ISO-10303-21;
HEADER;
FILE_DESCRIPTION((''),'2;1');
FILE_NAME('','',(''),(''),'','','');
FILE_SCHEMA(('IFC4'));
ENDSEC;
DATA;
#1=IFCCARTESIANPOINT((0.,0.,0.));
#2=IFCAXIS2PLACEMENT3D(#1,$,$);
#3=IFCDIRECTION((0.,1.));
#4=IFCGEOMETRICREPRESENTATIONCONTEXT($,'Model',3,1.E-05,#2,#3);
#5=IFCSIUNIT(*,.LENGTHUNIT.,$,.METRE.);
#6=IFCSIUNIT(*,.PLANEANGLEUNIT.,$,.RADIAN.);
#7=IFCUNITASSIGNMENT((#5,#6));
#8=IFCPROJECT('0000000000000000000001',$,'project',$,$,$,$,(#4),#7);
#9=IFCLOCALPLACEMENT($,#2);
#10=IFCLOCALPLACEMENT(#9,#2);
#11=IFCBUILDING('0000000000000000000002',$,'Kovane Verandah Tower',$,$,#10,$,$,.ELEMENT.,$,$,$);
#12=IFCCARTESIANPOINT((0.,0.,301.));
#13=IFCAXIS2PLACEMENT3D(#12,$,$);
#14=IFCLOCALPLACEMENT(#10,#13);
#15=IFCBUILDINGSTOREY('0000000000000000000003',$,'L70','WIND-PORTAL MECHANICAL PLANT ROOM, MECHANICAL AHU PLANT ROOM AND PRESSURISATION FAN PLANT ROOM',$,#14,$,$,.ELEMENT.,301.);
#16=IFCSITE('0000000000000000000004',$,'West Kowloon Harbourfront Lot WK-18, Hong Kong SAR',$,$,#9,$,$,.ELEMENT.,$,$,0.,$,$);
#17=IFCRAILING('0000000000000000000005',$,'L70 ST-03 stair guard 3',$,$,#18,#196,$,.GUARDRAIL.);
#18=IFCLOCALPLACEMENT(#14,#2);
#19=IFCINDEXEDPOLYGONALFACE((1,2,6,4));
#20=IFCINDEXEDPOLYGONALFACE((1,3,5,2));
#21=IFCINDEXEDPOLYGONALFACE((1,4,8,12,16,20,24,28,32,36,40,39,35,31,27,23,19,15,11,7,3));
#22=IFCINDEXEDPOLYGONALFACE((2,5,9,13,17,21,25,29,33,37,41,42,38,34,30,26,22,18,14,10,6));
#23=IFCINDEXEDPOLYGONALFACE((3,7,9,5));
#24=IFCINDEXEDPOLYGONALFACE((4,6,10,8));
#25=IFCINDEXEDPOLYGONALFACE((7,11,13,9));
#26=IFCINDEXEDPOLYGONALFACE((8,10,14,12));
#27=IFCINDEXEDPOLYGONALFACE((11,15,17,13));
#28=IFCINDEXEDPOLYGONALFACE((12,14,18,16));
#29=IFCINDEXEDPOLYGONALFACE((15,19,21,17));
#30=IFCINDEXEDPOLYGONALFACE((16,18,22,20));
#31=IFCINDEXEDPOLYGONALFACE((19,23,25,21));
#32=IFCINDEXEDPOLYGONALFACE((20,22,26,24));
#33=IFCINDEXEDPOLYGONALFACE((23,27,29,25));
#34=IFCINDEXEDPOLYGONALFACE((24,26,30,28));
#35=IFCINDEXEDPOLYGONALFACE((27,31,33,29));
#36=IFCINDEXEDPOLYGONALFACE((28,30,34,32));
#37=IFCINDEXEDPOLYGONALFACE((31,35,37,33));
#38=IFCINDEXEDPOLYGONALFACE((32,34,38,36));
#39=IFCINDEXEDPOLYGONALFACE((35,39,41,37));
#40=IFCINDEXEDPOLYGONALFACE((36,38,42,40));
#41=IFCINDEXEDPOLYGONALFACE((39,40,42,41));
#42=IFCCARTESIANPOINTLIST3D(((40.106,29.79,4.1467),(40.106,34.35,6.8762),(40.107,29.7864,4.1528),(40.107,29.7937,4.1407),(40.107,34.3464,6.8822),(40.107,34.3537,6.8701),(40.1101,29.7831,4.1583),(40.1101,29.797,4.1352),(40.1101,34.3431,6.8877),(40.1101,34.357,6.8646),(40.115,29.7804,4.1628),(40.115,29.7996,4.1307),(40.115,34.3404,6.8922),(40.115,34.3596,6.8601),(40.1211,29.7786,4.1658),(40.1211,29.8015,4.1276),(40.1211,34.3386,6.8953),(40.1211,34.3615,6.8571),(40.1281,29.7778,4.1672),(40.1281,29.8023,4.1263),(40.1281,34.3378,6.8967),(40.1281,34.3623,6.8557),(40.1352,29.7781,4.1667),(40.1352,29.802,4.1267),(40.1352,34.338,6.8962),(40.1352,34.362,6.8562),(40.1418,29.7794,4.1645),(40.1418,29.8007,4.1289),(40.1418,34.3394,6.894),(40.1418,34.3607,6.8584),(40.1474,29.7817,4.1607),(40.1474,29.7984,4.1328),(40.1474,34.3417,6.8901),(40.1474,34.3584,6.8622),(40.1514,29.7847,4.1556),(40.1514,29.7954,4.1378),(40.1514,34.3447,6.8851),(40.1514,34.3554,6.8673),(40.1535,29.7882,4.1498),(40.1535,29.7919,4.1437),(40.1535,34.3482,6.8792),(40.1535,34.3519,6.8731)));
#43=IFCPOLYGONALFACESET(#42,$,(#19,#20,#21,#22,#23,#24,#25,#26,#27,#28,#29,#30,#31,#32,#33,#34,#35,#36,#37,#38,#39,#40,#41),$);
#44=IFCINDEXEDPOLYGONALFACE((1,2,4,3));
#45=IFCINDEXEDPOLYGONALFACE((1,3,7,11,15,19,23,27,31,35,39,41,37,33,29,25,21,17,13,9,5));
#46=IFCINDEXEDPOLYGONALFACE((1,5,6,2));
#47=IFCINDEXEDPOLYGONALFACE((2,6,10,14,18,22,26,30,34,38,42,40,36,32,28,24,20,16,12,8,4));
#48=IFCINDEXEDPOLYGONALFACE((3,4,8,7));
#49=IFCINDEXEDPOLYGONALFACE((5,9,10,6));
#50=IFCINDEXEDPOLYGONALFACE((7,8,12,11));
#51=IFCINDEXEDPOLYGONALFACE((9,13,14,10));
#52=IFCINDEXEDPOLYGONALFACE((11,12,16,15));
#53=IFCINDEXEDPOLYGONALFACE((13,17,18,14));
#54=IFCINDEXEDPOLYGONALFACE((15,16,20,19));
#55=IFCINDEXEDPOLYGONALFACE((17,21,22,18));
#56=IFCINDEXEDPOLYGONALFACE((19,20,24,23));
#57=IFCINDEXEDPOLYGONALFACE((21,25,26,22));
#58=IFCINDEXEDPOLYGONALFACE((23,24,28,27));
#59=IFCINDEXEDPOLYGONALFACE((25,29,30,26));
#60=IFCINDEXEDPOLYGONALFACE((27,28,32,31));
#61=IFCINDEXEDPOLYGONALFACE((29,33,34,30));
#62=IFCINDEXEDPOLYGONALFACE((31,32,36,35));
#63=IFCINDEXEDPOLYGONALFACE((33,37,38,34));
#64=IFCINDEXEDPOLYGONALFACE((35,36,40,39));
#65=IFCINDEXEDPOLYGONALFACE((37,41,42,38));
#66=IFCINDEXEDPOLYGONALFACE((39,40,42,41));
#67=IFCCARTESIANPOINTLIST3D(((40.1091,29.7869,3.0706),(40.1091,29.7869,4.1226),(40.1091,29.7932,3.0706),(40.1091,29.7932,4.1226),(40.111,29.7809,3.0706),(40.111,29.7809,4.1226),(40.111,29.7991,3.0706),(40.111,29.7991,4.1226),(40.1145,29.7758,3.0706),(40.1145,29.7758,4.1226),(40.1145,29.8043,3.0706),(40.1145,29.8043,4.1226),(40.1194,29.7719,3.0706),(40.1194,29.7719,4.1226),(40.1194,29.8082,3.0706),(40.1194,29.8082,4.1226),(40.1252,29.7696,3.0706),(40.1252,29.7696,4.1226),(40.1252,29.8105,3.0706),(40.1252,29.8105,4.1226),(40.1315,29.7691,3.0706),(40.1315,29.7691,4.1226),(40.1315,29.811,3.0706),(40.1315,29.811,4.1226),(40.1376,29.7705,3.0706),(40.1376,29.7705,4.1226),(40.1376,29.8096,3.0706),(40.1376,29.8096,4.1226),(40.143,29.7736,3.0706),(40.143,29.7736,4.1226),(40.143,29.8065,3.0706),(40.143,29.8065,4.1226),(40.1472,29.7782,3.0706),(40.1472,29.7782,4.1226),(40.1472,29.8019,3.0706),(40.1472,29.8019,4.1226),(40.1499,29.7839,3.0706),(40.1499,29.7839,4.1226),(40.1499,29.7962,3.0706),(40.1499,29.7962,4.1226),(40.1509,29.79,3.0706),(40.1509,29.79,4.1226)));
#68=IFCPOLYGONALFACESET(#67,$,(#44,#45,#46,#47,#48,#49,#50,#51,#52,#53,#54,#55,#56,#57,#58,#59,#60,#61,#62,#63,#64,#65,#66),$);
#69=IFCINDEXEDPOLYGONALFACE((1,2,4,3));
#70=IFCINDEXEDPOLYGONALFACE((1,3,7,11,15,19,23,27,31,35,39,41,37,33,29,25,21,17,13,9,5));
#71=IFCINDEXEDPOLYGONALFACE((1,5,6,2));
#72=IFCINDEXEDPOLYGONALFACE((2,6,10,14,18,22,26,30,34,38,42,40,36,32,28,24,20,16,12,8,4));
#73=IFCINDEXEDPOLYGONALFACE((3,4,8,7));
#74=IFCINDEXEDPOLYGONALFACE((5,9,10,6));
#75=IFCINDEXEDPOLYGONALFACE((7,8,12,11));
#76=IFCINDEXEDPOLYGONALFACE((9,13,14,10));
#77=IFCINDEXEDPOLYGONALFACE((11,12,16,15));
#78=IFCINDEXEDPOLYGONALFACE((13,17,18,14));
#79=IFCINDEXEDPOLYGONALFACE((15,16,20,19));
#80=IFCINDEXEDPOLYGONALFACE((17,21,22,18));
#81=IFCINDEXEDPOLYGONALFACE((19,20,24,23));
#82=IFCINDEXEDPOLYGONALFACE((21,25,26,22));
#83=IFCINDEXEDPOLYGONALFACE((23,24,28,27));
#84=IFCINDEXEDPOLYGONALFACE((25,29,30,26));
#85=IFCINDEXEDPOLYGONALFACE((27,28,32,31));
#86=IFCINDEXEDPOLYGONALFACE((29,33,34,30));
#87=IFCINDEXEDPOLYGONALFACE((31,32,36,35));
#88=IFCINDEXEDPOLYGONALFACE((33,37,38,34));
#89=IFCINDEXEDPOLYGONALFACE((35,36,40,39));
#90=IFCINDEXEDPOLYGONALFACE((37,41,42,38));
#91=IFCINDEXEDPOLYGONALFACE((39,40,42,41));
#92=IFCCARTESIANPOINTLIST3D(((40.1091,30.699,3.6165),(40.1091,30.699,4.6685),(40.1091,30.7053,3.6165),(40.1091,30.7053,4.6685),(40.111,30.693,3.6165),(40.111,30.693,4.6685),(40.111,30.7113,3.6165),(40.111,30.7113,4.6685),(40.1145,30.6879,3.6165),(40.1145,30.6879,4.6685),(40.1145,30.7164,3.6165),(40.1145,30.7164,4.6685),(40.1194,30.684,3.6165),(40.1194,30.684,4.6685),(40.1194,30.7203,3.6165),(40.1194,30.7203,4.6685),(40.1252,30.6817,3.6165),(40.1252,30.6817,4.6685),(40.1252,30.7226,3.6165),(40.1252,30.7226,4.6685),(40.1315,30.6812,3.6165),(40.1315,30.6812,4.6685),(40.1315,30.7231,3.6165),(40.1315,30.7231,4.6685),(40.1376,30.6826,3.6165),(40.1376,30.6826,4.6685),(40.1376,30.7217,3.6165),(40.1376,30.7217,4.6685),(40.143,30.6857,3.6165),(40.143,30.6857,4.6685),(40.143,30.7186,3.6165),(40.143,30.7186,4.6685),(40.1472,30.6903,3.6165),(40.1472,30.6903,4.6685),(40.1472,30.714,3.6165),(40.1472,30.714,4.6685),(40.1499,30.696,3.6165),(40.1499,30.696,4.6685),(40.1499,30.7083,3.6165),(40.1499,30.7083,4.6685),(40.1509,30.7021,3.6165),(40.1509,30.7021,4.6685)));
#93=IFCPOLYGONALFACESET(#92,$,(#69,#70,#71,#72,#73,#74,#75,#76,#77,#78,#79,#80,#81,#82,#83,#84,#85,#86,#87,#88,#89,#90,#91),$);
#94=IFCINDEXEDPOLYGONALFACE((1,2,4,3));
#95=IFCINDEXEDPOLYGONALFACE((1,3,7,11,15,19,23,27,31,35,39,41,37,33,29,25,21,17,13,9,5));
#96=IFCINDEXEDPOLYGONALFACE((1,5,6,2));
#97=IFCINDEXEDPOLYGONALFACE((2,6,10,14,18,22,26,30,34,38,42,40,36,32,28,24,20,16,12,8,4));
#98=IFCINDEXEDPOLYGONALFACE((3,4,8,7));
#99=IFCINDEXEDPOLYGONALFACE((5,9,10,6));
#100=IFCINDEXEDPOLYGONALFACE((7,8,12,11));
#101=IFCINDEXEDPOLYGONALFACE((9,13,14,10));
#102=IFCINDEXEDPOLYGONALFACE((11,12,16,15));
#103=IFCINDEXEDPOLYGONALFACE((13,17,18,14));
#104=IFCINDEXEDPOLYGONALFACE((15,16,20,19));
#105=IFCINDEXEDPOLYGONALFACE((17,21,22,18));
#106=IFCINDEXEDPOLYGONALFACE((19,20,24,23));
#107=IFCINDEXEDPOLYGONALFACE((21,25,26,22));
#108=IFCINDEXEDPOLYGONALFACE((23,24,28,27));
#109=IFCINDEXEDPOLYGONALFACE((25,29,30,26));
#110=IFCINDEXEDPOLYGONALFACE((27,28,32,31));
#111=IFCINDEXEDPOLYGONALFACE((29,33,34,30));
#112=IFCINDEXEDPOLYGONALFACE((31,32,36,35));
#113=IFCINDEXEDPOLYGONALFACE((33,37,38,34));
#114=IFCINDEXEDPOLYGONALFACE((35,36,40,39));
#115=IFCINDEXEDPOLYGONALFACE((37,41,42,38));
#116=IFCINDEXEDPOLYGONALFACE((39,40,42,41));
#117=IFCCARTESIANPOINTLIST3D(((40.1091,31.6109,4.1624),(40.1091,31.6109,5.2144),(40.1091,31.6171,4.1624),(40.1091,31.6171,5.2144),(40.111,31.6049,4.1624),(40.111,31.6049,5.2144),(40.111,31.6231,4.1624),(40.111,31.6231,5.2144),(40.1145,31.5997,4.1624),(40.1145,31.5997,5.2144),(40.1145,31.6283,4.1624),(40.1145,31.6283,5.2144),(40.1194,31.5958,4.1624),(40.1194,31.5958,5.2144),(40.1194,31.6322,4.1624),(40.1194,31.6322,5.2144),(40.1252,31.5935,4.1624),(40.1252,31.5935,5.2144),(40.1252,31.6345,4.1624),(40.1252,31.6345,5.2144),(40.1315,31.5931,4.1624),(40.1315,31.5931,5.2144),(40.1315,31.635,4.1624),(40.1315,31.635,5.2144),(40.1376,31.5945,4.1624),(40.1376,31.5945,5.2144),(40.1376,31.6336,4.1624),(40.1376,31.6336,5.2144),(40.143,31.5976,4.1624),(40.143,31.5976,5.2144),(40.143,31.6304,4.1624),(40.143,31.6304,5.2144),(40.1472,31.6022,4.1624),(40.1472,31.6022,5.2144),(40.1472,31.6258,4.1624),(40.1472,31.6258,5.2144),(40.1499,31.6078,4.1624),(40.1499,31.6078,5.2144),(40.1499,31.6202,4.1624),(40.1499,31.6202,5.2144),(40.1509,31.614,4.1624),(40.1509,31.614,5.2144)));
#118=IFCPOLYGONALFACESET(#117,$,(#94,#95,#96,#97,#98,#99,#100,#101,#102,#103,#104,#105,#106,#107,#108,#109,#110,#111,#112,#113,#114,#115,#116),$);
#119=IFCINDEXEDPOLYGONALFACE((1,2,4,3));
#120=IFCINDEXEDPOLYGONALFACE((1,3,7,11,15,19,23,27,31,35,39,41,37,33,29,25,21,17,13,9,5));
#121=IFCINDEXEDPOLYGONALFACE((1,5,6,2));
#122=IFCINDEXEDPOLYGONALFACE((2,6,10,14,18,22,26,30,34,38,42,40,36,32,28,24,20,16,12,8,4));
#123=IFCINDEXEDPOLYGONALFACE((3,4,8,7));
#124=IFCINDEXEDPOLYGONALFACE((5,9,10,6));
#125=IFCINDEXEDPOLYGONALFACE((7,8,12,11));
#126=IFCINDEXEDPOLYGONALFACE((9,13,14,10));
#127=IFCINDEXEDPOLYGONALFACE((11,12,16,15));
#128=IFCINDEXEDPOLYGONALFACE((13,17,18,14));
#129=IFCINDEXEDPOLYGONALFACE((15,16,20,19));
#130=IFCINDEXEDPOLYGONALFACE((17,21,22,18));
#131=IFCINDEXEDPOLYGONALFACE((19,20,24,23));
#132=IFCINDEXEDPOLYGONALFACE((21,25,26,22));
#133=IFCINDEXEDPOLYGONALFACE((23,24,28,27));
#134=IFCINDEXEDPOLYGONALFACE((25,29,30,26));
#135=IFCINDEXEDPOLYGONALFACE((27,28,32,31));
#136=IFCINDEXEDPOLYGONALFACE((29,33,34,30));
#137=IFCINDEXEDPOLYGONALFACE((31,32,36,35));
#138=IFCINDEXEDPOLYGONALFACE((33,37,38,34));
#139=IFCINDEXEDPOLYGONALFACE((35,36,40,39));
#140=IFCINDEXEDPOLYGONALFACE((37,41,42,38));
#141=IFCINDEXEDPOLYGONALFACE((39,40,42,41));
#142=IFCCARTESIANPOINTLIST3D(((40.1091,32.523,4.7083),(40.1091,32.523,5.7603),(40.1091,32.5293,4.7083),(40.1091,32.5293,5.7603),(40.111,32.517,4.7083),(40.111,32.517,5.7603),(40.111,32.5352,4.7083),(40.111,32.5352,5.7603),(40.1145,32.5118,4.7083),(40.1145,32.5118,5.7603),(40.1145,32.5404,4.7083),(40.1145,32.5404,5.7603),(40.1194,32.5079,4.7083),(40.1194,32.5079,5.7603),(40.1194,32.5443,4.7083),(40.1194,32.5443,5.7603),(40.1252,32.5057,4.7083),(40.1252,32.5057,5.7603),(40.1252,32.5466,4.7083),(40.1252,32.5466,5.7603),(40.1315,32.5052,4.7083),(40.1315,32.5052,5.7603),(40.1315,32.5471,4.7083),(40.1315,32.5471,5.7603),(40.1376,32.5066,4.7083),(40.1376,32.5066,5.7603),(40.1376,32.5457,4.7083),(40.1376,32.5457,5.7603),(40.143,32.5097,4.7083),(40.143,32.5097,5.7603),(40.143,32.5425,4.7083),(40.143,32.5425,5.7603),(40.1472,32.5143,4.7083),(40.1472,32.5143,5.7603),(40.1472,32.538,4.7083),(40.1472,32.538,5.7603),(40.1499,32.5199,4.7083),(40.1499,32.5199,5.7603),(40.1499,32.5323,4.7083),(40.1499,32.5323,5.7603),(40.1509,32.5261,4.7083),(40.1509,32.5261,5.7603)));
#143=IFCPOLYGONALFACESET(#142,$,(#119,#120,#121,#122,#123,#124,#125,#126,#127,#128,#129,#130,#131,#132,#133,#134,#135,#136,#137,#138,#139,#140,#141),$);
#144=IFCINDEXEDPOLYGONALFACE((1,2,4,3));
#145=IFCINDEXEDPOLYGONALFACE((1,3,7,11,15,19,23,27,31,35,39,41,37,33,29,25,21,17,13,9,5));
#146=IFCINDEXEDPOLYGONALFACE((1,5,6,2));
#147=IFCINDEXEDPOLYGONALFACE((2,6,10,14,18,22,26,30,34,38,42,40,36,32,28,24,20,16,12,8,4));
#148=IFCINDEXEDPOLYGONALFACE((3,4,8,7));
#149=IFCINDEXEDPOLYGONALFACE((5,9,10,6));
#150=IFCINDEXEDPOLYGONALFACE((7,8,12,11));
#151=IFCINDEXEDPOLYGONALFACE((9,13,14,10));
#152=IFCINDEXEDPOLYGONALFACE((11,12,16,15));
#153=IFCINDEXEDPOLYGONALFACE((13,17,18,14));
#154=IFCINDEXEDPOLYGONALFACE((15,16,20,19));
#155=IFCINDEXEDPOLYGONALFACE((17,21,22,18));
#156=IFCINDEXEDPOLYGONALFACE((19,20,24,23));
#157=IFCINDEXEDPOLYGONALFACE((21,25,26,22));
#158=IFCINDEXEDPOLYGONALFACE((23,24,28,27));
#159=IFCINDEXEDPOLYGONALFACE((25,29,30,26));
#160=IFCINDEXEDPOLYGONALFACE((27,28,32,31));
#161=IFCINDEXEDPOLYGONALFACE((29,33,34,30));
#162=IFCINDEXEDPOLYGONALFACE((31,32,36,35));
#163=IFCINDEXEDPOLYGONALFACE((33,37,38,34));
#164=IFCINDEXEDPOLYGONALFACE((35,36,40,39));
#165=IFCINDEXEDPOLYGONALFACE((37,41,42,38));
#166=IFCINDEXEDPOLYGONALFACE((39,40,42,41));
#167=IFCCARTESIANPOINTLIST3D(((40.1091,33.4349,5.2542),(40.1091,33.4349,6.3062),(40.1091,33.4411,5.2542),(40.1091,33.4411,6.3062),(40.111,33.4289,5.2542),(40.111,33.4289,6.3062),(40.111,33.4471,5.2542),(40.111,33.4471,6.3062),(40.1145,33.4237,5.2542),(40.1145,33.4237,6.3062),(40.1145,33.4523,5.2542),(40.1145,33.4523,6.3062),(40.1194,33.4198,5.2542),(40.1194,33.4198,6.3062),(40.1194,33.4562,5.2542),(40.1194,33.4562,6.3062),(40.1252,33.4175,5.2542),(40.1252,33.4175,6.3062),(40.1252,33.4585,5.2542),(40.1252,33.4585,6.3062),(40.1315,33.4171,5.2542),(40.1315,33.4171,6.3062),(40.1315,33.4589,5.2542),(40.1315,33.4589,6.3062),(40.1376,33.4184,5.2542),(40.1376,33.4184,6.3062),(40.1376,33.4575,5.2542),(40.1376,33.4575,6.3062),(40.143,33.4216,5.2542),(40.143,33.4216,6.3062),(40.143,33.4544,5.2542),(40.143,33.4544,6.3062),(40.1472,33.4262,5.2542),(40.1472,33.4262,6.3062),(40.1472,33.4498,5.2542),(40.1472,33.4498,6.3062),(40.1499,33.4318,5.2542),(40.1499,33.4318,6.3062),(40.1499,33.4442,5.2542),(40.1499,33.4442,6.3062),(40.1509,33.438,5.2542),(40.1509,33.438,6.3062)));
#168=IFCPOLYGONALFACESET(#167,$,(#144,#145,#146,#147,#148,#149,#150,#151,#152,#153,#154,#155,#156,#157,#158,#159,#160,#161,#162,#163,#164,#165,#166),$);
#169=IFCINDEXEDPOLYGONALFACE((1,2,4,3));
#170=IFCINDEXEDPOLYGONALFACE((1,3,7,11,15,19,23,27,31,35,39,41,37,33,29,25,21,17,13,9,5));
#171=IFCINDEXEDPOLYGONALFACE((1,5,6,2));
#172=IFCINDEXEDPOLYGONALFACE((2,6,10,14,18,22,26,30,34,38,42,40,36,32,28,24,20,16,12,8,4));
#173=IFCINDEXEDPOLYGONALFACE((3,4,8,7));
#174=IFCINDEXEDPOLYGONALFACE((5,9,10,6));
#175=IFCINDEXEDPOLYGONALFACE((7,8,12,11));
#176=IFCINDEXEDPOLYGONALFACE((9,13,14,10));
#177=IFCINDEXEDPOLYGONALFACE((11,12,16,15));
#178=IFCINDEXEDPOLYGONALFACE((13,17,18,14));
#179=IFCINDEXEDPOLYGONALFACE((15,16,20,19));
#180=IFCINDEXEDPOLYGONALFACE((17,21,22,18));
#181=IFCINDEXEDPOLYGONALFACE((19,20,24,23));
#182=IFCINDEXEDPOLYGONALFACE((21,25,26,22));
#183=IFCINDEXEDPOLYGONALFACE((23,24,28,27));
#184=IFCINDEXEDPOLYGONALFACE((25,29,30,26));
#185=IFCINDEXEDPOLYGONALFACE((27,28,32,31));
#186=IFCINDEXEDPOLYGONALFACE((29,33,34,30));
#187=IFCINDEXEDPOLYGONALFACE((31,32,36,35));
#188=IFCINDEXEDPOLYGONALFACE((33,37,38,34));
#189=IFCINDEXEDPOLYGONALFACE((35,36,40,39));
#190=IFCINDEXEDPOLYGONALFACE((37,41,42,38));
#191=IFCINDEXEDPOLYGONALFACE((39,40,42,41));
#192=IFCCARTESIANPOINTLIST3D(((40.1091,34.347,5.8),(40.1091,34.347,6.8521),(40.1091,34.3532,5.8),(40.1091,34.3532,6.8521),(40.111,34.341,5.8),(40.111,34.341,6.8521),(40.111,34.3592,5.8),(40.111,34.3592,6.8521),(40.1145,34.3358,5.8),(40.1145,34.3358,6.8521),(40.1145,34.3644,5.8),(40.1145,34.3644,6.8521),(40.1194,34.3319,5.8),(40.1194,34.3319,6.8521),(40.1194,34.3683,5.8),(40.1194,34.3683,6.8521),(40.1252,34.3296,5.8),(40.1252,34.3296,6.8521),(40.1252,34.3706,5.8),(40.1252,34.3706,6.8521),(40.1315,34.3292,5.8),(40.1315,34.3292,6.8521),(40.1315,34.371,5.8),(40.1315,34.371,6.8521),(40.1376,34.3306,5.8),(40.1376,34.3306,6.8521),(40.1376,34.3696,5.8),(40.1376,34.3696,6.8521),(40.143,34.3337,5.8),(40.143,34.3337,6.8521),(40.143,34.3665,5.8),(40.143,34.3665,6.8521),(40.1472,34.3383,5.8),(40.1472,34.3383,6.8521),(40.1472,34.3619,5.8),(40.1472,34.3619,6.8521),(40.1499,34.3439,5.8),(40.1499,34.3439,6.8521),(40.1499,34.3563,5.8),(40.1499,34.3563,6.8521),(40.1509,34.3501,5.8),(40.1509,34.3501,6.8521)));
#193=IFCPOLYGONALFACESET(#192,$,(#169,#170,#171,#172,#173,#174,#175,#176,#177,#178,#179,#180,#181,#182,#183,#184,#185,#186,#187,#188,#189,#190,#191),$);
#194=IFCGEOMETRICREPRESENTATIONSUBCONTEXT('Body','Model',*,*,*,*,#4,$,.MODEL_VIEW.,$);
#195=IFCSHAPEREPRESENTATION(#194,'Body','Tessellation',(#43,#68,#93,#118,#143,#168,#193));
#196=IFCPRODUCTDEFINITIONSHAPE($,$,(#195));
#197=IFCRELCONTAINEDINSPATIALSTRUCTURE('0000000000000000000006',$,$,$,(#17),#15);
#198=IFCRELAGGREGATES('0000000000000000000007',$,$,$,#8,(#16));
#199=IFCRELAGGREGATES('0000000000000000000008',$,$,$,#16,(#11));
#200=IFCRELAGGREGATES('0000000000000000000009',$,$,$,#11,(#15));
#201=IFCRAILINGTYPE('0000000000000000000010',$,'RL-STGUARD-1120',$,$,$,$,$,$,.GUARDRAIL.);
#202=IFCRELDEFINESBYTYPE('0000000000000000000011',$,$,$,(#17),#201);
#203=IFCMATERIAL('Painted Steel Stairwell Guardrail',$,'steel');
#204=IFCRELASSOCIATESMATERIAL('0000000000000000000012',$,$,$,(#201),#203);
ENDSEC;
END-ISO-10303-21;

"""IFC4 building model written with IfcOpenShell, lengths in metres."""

from ifc_helpers import new_model, si_unit, direction, frame, origin, origin_2d, place, context, subcontext, project, spatial, circle, extrude, material, type_object, element, save


model = new_model("IFC4")

# Units and contexts
model_context = context("Model", 3, precision=1e-05, world=origin(), true_north=direction((0.0, 1.0)))
body_context = subcontext(model_context, "Body", "Model", "MODEL_VIEW")
ifc_project = project(units=[si_unit("LENGTHUNIT", "METRE"), si_unit("PLANEANGLEUNIT", "RADIAN")], contexts=[model_context])

# Site, building, storey
site_placement = place(None, origin())
site = spatial("IfcSite", under=ifc_project, at=site_placement, Name="West Kowloon Harbourfront Lot WK-18, Hong Kong SAR", CompositionType="ELEMENT", RefElevation=0.0)
building_placement = place(site_placement, origin())
building = spatial("IfcBuilding", under=site, at=building_placement, Name="Kovane Verandah Tower", CompositionType="ELEMENT")
storey_placement = place(building_placement, frame((0.0, 0.0, 301.0)))
storey = spatial("IfcBuildingStorey", under=building, at=storey_placement, Name="L70", Description="WIND-PORTAL MECHANICAL PLANT ROOM, MECHANICAL AHU PLANT ROOM AND PRESSURISATION FAN PLANT ROOM", CompositionType="ELEMENT", Elevation=301.0)

# Railing
ifc_material_1 = material(Name="Painted Steel Stairwell Guardrail", Category="steel")
railing_type_1 = type_object("IfcRailingType", Name="RL-STGUARD-1120", PredefinedType="GUARDRAIL", material=ifc_material_1)
railing_1_placement = place(storey_placement, frame((40.1299, 29.79, 3.0706)))
element("IfcRailing", 1, at=railing_1_placement, inside=storey, type_object=railing_type_1, Name="L70 ST-03 stair guard 3", PredefinedType="GUARDRAIL", context=body_context, shape_type="SweptSolid", body=[
    extrude(circle(Radius=0.0239, at=origin_2d()), frame((0.0, 0.0, 1.0762), z_axis=(0.0, 0.858036, 0.51359), x_axis=(-1.0, 0.0, 0.0)), (0.0, 0.0, 1.0), 5.3145),
    extrude(circle(Radius=0.021, at=origin_2d()), origin(), (0.0, 0.0, 1.0), 1.052),
    extrude(circle(Radius=0.021, at=origin_2d()), frame((0.0, 0.9121, 0.5459)), (0.0, 0.0, 1.0), 1.052),
    extrude(circle(Radius=0.021, at=origin_2d()), frame((0.0, 1.824, 1.0918)), (0.0, 0.0, 1.0), 1.052),
    extrude(circle(Radius=0.021, at=origin_2d()), frame((0.0, 2.7361, 1.6377)), (0.0, 0.0, 1.0), 1.052),
    extrude(circle(Radius=0.021, at=origin_2d()), frame((0.0, 3.6479, 2.1836)), (0.0, 0.0, 1.0), 1.052),
    extrude(circle(Radius=0.021, at=origin_2d()), frame((0.0, 4.5601, 2.7295)), (0.0, 0.0, 1.0), 1.052),
])

save(model, "model.ifc")
